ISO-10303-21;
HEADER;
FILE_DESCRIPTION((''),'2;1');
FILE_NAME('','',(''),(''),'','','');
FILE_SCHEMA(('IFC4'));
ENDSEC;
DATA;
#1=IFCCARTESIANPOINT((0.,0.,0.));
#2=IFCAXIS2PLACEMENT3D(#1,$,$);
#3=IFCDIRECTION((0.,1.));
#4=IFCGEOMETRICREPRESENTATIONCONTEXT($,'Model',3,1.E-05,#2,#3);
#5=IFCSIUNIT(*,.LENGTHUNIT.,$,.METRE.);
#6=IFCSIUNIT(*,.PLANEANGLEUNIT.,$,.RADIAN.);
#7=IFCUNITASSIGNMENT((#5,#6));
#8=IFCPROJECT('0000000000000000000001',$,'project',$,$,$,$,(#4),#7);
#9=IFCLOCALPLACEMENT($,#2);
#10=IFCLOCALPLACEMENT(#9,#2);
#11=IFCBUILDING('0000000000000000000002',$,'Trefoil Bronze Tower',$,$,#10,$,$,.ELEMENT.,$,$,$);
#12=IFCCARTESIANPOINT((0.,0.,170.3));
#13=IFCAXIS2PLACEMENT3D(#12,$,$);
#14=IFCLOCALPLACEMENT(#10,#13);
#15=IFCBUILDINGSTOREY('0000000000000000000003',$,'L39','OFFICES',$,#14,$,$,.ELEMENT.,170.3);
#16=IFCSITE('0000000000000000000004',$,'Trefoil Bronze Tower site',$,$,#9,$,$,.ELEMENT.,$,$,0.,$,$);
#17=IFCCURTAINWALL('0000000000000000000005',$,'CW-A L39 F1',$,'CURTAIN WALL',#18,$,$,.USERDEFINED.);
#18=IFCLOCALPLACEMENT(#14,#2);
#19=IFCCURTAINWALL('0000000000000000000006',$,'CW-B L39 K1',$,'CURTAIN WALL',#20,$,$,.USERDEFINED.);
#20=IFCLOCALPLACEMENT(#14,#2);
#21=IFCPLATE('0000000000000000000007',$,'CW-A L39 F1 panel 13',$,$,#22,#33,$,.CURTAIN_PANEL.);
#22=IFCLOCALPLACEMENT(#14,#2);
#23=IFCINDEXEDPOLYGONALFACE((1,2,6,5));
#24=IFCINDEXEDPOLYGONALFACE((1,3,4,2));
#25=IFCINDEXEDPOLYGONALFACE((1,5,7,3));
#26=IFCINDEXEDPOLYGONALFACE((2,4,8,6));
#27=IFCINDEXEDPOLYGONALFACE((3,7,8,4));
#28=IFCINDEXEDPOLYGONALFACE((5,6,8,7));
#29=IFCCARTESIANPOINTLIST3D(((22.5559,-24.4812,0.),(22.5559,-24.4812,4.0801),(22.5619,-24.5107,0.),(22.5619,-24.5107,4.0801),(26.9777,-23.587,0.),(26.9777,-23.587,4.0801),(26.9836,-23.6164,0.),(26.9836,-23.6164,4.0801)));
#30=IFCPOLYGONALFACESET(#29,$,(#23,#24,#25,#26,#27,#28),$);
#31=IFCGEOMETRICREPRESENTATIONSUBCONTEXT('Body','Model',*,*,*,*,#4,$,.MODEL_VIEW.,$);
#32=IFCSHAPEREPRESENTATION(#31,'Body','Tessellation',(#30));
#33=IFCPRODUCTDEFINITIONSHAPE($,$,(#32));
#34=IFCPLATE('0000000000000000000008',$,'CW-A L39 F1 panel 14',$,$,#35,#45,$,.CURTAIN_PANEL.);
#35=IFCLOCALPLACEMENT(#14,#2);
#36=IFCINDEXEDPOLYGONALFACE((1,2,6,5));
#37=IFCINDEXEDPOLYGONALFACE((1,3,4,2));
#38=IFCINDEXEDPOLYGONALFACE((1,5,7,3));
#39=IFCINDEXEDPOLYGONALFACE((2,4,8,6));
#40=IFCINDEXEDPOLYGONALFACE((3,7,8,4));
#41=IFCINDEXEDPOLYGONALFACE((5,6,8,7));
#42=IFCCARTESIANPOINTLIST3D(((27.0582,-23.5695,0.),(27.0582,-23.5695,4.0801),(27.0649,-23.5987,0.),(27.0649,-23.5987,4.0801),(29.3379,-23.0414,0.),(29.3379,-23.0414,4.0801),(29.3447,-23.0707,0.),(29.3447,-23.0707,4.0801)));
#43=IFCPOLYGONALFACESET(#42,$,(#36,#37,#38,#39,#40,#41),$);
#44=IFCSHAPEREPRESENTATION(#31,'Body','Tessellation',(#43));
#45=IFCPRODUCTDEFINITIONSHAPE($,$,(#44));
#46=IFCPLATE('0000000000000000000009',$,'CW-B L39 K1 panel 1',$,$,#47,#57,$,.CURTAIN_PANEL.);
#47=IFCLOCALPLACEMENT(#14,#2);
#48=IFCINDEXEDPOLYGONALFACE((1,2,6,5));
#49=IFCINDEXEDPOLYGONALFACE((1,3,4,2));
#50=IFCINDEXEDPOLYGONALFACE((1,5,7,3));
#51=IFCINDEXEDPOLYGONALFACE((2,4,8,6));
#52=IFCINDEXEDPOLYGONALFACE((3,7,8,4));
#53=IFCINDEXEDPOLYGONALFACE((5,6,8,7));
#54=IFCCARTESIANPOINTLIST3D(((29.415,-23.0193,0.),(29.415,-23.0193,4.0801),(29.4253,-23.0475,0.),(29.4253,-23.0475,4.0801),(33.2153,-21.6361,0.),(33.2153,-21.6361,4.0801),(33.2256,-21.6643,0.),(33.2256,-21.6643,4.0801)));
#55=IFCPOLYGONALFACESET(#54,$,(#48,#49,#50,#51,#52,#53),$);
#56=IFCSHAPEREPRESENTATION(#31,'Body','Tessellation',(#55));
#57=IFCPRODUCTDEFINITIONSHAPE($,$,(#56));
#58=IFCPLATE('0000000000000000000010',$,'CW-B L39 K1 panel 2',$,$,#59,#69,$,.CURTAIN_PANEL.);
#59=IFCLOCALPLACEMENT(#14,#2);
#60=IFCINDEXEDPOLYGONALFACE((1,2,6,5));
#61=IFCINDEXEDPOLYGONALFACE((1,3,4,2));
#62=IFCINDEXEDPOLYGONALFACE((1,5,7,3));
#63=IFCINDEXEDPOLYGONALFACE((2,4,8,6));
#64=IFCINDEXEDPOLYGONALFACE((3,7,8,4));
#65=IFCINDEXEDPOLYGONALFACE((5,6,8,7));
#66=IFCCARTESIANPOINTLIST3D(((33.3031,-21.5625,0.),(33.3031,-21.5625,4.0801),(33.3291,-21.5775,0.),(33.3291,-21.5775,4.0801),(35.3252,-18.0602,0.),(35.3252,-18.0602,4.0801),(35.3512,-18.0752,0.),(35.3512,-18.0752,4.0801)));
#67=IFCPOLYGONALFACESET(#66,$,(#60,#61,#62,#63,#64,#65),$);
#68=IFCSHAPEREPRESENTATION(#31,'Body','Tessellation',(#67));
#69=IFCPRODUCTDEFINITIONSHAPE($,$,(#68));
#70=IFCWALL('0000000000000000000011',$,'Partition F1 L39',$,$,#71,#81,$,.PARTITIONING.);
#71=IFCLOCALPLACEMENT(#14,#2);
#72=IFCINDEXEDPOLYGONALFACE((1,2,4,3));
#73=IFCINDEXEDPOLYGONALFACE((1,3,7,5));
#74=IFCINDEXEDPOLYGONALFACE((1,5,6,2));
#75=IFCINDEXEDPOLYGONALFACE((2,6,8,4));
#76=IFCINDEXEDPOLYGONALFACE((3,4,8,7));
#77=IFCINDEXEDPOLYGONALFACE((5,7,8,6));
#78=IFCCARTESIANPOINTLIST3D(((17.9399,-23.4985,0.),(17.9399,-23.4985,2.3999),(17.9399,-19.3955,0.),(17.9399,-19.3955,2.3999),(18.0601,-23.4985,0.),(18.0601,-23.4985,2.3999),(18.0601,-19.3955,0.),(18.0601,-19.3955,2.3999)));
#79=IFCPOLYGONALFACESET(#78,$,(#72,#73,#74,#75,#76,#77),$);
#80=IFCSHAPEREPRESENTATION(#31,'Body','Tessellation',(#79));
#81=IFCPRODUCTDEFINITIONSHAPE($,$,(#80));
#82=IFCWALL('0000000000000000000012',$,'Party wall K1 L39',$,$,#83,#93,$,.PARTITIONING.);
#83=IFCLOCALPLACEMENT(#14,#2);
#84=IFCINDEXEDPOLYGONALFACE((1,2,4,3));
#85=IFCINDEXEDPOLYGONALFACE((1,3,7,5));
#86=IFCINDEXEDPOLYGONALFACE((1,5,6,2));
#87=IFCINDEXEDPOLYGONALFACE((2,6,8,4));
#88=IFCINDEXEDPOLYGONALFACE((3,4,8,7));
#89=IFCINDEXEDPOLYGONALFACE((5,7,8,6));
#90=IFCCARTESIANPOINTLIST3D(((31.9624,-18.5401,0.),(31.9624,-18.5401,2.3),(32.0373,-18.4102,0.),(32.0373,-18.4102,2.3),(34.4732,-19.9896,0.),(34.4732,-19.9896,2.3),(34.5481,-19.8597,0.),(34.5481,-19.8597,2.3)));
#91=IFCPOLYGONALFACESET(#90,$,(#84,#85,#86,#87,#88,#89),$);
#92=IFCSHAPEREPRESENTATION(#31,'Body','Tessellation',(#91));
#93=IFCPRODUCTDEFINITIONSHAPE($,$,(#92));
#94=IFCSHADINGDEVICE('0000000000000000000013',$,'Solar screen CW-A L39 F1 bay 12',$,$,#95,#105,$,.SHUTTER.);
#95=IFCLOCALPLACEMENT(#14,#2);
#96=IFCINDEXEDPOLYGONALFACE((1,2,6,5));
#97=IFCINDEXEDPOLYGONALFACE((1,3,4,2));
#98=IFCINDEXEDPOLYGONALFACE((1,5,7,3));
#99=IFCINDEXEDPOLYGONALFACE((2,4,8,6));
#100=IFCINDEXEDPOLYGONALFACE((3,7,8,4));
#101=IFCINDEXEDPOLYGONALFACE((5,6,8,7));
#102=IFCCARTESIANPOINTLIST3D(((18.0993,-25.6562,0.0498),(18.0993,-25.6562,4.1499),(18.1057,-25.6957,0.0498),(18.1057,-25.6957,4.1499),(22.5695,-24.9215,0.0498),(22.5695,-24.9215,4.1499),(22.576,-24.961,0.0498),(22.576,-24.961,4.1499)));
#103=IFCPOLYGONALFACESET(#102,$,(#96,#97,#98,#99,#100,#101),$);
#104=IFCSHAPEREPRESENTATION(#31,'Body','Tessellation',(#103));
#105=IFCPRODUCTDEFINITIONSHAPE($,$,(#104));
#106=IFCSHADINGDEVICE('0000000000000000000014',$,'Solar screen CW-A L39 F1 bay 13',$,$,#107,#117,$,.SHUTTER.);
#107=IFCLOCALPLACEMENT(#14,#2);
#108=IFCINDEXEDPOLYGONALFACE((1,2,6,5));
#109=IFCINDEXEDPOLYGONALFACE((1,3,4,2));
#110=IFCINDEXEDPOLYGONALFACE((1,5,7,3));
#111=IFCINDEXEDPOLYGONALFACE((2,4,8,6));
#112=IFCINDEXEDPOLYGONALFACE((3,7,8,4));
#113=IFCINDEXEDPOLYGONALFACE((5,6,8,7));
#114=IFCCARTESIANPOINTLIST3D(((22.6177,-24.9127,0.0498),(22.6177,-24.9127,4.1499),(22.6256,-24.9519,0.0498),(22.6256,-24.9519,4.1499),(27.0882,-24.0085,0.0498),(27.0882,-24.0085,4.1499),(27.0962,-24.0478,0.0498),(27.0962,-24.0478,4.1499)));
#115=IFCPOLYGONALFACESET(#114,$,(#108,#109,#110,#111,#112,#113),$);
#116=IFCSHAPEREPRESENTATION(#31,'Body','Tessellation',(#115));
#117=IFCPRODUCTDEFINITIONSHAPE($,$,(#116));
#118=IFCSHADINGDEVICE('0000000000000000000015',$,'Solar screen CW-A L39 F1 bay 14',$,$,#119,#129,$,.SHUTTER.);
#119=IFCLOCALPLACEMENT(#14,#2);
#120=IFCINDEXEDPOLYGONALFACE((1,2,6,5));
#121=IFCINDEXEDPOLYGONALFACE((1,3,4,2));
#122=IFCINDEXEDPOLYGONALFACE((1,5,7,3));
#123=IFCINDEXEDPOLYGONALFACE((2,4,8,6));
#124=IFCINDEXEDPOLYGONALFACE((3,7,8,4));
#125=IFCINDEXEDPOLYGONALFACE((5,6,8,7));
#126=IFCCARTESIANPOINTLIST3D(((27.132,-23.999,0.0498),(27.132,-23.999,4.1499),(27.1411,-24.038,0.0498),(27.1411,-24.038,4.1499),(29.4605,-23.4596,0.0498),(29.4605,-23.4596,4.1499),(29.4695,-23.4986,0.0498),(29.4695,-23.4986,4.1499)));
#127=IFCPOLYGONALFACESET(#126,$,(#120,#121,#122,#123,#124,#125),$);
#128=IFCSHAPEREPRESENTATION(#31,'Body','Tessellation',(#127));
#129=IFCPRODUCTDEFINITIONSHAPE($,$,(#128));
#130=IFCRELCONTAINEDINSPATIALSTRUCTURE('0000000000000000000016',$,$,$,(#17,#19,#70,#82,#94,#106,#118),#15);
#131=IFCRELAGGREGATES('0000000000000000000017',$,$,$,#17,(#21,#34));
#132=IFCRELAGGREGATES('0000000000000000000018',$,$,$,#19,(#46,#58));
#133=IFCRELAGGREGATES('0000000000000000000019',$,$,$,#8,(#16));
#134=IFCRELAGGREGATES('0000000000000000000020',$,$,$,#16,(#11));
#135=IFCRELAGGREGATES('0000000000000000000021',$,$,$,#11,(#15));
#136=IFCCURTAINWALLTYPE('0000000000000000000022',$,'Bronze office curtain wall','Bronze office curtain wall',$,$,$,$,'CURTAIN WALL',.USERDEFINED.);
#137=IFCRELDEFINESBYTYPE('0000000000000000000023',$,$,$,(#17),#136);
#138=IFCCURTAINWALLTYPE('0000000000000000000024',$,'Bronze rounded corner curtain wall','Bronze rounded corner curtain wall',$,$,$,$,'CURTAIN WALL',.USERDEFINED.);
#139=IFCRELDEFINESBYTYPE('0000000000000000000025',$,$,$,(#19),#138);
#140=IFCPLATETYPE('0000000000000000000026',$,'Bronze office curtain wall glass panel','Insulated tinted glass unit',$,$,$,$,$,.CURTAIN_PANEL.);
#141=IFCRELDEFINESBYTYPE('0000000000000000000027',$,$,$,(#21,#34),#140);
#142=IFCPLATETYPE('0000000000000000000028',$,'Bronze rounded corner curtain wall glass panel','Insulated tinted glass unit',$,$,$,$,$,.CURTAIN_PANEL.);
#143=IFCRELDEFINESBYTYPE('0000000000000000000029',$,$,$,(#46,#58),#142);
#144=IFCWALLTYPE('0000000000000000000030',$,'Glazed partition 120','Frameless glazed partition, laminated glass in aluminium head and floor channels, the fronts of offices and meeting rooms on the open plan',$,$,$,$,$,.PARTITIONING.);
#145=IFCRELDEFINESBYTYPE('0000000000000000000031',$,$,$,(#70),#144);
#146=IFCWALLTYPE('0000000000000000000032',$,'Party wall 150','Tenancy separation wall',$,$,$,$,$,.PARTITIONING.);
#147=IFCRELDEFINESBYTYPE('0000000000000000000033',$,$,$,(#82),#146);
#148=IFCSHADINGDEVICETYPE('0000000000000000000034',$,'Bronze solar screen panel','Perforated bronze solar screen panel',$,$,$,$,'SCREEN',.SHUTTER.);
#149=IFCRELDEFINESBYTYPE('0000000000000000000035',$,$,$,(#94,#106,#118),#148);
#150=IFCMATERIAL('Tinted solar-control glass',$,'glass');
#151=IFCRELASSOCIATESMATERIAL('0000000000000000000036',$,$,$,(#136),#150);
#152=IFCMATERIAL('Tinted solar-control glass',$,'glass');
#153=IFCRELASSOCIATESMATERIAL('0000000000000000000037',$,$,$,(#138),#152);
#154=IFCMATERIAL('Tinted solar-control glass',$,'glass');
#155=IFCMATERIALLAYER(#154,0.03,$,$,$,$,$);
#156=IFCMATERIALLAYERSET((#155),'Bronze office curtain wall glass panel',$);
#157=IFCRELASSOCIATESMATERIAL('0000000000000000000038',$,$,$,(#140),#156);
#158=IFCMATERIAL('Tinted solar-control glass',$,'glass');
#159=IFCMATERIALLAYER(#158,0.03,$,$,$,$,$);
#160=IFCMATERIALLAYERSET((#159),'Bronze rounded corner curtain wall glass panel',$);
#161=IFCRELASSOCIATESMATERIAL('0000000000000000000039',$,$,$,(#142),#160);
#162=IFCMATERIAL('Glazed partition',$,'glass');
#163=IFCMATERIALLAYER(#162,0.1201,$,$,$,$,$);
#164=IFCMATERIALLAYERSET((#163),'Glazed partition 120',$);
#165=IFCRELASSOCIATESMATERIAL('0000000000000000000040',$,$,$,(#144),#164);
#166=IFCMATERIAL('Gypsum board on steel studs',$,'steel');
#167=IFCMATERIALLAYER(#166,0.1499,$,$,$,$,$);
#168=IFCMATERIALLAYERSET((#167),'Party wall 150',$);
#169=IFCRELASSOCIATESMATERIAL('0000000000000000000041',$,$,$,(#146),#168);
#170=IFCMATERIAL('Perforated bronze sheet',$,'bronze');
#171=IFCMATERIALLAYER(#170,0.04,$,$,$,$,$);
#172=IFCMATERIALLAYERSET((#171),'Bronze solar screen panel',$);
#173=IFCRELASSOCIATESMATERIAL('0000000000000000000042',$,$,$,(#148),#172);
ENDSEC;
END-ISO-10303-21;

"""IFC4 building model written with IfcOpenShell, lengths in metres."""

from ifc_helpers import new_model, si_unit, direction, frame, frame_2d, origin, origin_2d, place, context, subcontext, project, spatial, rectangle, extrude, material, layer, layer_set, type_object, element, aggregate, save


model = new_model("IFC4")

# Units and contexts
model_context = context("Model", 3, precision=1e-05, world=origin(), true_north=direction((0.0, 1.0)))
body_context = subcontext(model_context, "Body", "Model", "MODEL_VIEW")
ifc_project = project(units=[si_unit("LENGTHUNIT", "METRE"), si_unit("PLANEANGLEUNIT", "RADIAN")], contexts=[model_context])

# Site, building, storey
site_placement = place(None, origin())
site = spatial("IfcSite", under=ifc_project, at=site_placement, Name="Trefoil Bronze Tower site", CompositionType="ELEMENT", RefElevation=0.0)
building_placement = place(site_placement, origin())
building = spatial("IfcBuilding", under=site, at=building_placement, Name="Trefoil Bronze Tower", CompositionType="ELEMENT")
storey_placement = place(building_placement, frame((0.0, 0.0, 170.3)))
storey = spatial("IfcBuildingStorey", under=building, at=storey_placement, Name="L39", Description="OFFICES", CompositionType="ELEMENT", Elevation=170.3)

# Curtain walls
ifc_material_1 = material(Name="Tinted solar-control glass", Category="glass")
curtain_wall_type_1 = type_object("IfcCurtainWallType", Name="Bronze office curtain wall", Description="Bronze office curtain wall", ElementType="CURTAIN WALL", PredefinedType="USERDEFINED", material=ifc_material_1)
curtain_wall_1_placement = place(storey_placement, origin())
curtain_wall_1 = element("IfcCurtainWall", 1, at=curtain_wall_1_placement, inside=storey, type_object=curtain_wall_type_1, Name="CW-A L39 F1", ObjectType="CURTAIN WALL", PredefinedType="USERDEFINED")
ifc_material_2 = material(Name="Tinted solar-control glass", Category="glass")
curtain_wall_type_2 = type_object("IfcCurtainWallType", Name="Bronze rounded corner curtain wall", Description="Bronze rounded corner curtain wall", ElementType="CURTAIN WALL", PredefinedType="USERDEFINED", material=ifc_material_2)
curtain_wall_2_placement = place(storey_placement, origin())
curtain_wall_2 = element("IfcCurtainWall", 2, at=curtain_wall_2_placement, inside=storey, type_object=curtain_wall_type_2, Name="CW-B L39 K1", ObjectType="CURTAIN WALL", PredefinedType="USERDEFINED")

# Plates
ifc_material_3 = material(Name="Tinted solar-control glass", Category="glass")
ifc_layer_1 = layer(ifc_material_3, 0.03)
ifc_layer_set_1 = layer_set([ifc_layer_1], Name="Bronze office curtain wall glass panel")
plate_type_1 = type_object("IfcPlateType", Name="Bronze office curtain wall glass panel", Description="Insulated tinted glass unit", PredefinedType="CURTAIN_PANEL", material=ifc_layer_set_1)
plate_1_placement = place(storey_placement, frame((24.7698, -24.0488, 0.0), z_axis=(0.0, 0.0, 1.0), x_axis=(0.980155, 0.198232, 0.0)))
plate_1 = element("IfcPlate", 3, at=plate_1_placement, type_object=plate_type_1, Name="CW-A L39 F1 panel 13", PredefinedType="CURTAIN_PANEL", context=body_context, shape_type="SweptSolid", body=[
    extrude(rectangle(XDim=4.5112, YDim=0.03, at=origin_2d()), origin(), (0.0, 0.0, 1.0), 4.0801),
])
plate_2_placement = place(storey_placement, frame((28.2014, -23.3201, 0.0), z_axis=(0.0, 0.0, 1.0), x_axis=(0.974204, 0.225667, 0.0)))
plate_2 = element("IfcPlate", 4, at=plate_2_placement, type_object=plate_type_1, Name="CW-A L39 F1 panel 14", PredefinedType="CURTAIN_PANEL", context=body_context, shape_type="SweptSolid", body=[
    extrude(rectangle(XDim=2.3401, YDim=0.03, at=origin_2d()), origin(), (0.0, 0.0, 1.0), 4.0801),
])
aggregate(curtain_wall_1, [plate_1, plate_2])
ifc_material_4 = material(Name="Tinted solar-control glass", Category="glass")
ifc_layer_2 = layer(ifc_material_4, 0.03)
ifc_layer_set_2 = layer_set([ifc_layer_2], Name="Bronze rounded corner curtain wall glass panel")
plate_type_2 = type_object("IfcPlateType", Name="Bronze rounded corner curtain wall glass panel", Description="Insulated tinted glass unit", PredefinedType="CURTAIN_PANEL", material=ifc_layer_set_2)
plate_3_placement = place(storey_placement, frame((31.3203, -22.3418, 0.0), z_axis=(0.0, 0.0, 1.0), x_axis=(0.939693, 0.34202, 0.0)))
plate_3 = element("IfcPlate", 5, at=plate_3_placement, type_object=plate_type_2, Name="CW-B L39 K1 panel 1", PredefinedType="CURTAIN_PANEL", context=body_context, shape_type="SweptSolid", body=[
    extrude(rectangle(XDim=4.0442, YDim=0.03, at=origin_2d()), origin(), (0.0, 0.0, 1.0), 4.0801),
])
plate_4_placement = place(storey_placement, frame((34.3271, -19.8188, 0.0), z_axis=(0.0, 0.0, 1.0), x_axis=(0.5, 0.866025, 0.0)))
plate_4 = element("IfcPlate", 6, at=plate_4_placement, type_object=plate_type_2, Name="CW-B L39 K1 panel 2", PredefinedType="CURTAIN_PANEL", context=body_context, shape_type="SweptSolid", body=[
    extrude(rectangle(XDim=4.0442, YDim=0.03, at=origin_2d()), origin(), (0.0, 0.0, 1.0), 4.0801),
])
aggregate(curtain_wall_2, [plate_3, plate_4])

# Walls
ifc_material_5 = material(Name="Glazed partition", Category="glass")
ifc_layer_3 = layer(ifc_material_5, 0.1201)
ifc_layer_set_3 = layer_set([ifc_layer_3], Name="Glazed partition 120")
wall_type_1 = type_object("IfcWallType", Name="Glazed partition 120", Description="Frameless glazed partition, laminated glass in aluminium head and floor channels, the fronts of offices and meeting rooms on the open plan", PredefinedType="PARTITIONING", material=ifc_layer_set_3)
wall_1_placement = place(storey_placement, frame((18.0, -19.3955, 0.0), z_axis=(0.0, 0.0, 1.0), x_axis=(0.0, -1.0, 0.0)))
element("IfcWall", 7, at=wall_1_placement, inside=storey, type_object=wall_type_1, Name="Partition F1 L39", PredefinedType="PARTITIONING", context=body_context, shape_type="SweptSolid", body=[
    extrude(rectangle(XDim=4.103, YDim=0.1201, at=frame_2d((2.0515, 0.0))), origin(), (0.0, 0.0, 1.0), 2.3999),
])
ifc_material_6 = material(Name="Gypsum board on steel studs", Category="steel")
ifc_layer_4 = layer(ifc_material_6, 0.1499)
ifc_layer_set_4 = layer_set([ifc_layer_4], Name="Party wall 150")
wall_type_2 = type_object("IfcWallType", Name="Party wall 150", Description="Tenancy separation wall", PredefinedType="PARTITIONING", material=ifc_layer_set_4)
wall_2_placement = place(storey_placement, frame((31.9998, -18.4751, 0.0), z_axis=(0.0, 0.0, 1.0), x_axis=(0.866043, -0.49997, 0.0)))
element("IfcWall", 8, at=wall_2_placement, inside=storey, type_object=wall_type_2, Name="Party wall K1 L39", PredefinedType="PARTITIONING", context=body_context, shape_type="SweptSolid", body=[
    extrude(rectangle(XDim=2.8992, YDim=0.1499, at=frame_2d((1.4497, 0.0))), origin(), (0.0, 0.0, 1.0), 2.3),
])

# Shading devices
ifc_material_7 = material(Name="Perforated bronze sheet", Category="bronze")
ifc_layer_5 = layer(ifc_material_7, 0.04)
ifc_layer_set_5 = layer_set([ifc_layer_5], Name="Bronze solar screen panel")
shading_device_type = type_object("IfcShadingDeviceType", Name="Bronze solar screen panel", Description="Perforated bronze solar screen panel", ElementType="SCREEN", PredefinedType="SHUTTER", material=ifc_layer_set_5)
shading_device_1_placement = place(storey_placement, frame((20.3376, -25.3086, 0.0498), z_axis=(0.0, 0.0, 1.0), x_axis=(0.98676, 0.162189, 0.0)))
element("IfcShadingDevice", 9, at=shading_device_1_placement, inside=storey, type_object=shading_device_type, Name="Solar screen CW-A L39 F1 bay 12", PredefinedType="SHUTTER", context=body_context, shape_type="SweptSolid", body=[
    extrude(rectangle(XDim=4.5303, YDim=0.04, at=origin_2d()), origin(), (0.0, 0.0, 1.0), 4.1001),
])
shading_device_2_placement = place(storey_placement, frame((24.8569, -24.4802, 0.0498), z_axis=(0.0, 0.0, 1.0), x_axis=(0.980155, 0.198232, 0.0)))
element("IfcShadingDevice", 10, at=shading_device_2_placement, inside=storey, type_object=shading_device_type, Name="Solar screen CW-A L39 F1 bay 13", PredefinedType="SHUTTER", context=body_context, shape_type="SweptSolid", body=[
    extrude(rectangle(XDim=4.561, YDim=0.04, at=origin_2d()), origin(), (0.0, 0.0, 1.0), 4.1001),
])
shading_device_3_placement = place(storey_placement, frame((28.3008, -23.7488, 0.0498), z_axis=(0.0, 0.0, 1.0), x_axis=(0.974204, 0.225667, 0.0)))
element("IfcShadingDevice", 11, at=shading_device_3_placement, inside=storey, type_object=shading_device_type, Name="Solar screen CW-A L39 F1 bay 14", PredefinedType="SHUTTER", context=body_context, shape_type="SweptSolid", body=[
    extrude(rectangle(XDim=2.3901, YDim=0.04, at=origin_2d()), origin(), (0.0, 0.0, 1.0), 4.1001),
])

save(model, "model.ifc")
